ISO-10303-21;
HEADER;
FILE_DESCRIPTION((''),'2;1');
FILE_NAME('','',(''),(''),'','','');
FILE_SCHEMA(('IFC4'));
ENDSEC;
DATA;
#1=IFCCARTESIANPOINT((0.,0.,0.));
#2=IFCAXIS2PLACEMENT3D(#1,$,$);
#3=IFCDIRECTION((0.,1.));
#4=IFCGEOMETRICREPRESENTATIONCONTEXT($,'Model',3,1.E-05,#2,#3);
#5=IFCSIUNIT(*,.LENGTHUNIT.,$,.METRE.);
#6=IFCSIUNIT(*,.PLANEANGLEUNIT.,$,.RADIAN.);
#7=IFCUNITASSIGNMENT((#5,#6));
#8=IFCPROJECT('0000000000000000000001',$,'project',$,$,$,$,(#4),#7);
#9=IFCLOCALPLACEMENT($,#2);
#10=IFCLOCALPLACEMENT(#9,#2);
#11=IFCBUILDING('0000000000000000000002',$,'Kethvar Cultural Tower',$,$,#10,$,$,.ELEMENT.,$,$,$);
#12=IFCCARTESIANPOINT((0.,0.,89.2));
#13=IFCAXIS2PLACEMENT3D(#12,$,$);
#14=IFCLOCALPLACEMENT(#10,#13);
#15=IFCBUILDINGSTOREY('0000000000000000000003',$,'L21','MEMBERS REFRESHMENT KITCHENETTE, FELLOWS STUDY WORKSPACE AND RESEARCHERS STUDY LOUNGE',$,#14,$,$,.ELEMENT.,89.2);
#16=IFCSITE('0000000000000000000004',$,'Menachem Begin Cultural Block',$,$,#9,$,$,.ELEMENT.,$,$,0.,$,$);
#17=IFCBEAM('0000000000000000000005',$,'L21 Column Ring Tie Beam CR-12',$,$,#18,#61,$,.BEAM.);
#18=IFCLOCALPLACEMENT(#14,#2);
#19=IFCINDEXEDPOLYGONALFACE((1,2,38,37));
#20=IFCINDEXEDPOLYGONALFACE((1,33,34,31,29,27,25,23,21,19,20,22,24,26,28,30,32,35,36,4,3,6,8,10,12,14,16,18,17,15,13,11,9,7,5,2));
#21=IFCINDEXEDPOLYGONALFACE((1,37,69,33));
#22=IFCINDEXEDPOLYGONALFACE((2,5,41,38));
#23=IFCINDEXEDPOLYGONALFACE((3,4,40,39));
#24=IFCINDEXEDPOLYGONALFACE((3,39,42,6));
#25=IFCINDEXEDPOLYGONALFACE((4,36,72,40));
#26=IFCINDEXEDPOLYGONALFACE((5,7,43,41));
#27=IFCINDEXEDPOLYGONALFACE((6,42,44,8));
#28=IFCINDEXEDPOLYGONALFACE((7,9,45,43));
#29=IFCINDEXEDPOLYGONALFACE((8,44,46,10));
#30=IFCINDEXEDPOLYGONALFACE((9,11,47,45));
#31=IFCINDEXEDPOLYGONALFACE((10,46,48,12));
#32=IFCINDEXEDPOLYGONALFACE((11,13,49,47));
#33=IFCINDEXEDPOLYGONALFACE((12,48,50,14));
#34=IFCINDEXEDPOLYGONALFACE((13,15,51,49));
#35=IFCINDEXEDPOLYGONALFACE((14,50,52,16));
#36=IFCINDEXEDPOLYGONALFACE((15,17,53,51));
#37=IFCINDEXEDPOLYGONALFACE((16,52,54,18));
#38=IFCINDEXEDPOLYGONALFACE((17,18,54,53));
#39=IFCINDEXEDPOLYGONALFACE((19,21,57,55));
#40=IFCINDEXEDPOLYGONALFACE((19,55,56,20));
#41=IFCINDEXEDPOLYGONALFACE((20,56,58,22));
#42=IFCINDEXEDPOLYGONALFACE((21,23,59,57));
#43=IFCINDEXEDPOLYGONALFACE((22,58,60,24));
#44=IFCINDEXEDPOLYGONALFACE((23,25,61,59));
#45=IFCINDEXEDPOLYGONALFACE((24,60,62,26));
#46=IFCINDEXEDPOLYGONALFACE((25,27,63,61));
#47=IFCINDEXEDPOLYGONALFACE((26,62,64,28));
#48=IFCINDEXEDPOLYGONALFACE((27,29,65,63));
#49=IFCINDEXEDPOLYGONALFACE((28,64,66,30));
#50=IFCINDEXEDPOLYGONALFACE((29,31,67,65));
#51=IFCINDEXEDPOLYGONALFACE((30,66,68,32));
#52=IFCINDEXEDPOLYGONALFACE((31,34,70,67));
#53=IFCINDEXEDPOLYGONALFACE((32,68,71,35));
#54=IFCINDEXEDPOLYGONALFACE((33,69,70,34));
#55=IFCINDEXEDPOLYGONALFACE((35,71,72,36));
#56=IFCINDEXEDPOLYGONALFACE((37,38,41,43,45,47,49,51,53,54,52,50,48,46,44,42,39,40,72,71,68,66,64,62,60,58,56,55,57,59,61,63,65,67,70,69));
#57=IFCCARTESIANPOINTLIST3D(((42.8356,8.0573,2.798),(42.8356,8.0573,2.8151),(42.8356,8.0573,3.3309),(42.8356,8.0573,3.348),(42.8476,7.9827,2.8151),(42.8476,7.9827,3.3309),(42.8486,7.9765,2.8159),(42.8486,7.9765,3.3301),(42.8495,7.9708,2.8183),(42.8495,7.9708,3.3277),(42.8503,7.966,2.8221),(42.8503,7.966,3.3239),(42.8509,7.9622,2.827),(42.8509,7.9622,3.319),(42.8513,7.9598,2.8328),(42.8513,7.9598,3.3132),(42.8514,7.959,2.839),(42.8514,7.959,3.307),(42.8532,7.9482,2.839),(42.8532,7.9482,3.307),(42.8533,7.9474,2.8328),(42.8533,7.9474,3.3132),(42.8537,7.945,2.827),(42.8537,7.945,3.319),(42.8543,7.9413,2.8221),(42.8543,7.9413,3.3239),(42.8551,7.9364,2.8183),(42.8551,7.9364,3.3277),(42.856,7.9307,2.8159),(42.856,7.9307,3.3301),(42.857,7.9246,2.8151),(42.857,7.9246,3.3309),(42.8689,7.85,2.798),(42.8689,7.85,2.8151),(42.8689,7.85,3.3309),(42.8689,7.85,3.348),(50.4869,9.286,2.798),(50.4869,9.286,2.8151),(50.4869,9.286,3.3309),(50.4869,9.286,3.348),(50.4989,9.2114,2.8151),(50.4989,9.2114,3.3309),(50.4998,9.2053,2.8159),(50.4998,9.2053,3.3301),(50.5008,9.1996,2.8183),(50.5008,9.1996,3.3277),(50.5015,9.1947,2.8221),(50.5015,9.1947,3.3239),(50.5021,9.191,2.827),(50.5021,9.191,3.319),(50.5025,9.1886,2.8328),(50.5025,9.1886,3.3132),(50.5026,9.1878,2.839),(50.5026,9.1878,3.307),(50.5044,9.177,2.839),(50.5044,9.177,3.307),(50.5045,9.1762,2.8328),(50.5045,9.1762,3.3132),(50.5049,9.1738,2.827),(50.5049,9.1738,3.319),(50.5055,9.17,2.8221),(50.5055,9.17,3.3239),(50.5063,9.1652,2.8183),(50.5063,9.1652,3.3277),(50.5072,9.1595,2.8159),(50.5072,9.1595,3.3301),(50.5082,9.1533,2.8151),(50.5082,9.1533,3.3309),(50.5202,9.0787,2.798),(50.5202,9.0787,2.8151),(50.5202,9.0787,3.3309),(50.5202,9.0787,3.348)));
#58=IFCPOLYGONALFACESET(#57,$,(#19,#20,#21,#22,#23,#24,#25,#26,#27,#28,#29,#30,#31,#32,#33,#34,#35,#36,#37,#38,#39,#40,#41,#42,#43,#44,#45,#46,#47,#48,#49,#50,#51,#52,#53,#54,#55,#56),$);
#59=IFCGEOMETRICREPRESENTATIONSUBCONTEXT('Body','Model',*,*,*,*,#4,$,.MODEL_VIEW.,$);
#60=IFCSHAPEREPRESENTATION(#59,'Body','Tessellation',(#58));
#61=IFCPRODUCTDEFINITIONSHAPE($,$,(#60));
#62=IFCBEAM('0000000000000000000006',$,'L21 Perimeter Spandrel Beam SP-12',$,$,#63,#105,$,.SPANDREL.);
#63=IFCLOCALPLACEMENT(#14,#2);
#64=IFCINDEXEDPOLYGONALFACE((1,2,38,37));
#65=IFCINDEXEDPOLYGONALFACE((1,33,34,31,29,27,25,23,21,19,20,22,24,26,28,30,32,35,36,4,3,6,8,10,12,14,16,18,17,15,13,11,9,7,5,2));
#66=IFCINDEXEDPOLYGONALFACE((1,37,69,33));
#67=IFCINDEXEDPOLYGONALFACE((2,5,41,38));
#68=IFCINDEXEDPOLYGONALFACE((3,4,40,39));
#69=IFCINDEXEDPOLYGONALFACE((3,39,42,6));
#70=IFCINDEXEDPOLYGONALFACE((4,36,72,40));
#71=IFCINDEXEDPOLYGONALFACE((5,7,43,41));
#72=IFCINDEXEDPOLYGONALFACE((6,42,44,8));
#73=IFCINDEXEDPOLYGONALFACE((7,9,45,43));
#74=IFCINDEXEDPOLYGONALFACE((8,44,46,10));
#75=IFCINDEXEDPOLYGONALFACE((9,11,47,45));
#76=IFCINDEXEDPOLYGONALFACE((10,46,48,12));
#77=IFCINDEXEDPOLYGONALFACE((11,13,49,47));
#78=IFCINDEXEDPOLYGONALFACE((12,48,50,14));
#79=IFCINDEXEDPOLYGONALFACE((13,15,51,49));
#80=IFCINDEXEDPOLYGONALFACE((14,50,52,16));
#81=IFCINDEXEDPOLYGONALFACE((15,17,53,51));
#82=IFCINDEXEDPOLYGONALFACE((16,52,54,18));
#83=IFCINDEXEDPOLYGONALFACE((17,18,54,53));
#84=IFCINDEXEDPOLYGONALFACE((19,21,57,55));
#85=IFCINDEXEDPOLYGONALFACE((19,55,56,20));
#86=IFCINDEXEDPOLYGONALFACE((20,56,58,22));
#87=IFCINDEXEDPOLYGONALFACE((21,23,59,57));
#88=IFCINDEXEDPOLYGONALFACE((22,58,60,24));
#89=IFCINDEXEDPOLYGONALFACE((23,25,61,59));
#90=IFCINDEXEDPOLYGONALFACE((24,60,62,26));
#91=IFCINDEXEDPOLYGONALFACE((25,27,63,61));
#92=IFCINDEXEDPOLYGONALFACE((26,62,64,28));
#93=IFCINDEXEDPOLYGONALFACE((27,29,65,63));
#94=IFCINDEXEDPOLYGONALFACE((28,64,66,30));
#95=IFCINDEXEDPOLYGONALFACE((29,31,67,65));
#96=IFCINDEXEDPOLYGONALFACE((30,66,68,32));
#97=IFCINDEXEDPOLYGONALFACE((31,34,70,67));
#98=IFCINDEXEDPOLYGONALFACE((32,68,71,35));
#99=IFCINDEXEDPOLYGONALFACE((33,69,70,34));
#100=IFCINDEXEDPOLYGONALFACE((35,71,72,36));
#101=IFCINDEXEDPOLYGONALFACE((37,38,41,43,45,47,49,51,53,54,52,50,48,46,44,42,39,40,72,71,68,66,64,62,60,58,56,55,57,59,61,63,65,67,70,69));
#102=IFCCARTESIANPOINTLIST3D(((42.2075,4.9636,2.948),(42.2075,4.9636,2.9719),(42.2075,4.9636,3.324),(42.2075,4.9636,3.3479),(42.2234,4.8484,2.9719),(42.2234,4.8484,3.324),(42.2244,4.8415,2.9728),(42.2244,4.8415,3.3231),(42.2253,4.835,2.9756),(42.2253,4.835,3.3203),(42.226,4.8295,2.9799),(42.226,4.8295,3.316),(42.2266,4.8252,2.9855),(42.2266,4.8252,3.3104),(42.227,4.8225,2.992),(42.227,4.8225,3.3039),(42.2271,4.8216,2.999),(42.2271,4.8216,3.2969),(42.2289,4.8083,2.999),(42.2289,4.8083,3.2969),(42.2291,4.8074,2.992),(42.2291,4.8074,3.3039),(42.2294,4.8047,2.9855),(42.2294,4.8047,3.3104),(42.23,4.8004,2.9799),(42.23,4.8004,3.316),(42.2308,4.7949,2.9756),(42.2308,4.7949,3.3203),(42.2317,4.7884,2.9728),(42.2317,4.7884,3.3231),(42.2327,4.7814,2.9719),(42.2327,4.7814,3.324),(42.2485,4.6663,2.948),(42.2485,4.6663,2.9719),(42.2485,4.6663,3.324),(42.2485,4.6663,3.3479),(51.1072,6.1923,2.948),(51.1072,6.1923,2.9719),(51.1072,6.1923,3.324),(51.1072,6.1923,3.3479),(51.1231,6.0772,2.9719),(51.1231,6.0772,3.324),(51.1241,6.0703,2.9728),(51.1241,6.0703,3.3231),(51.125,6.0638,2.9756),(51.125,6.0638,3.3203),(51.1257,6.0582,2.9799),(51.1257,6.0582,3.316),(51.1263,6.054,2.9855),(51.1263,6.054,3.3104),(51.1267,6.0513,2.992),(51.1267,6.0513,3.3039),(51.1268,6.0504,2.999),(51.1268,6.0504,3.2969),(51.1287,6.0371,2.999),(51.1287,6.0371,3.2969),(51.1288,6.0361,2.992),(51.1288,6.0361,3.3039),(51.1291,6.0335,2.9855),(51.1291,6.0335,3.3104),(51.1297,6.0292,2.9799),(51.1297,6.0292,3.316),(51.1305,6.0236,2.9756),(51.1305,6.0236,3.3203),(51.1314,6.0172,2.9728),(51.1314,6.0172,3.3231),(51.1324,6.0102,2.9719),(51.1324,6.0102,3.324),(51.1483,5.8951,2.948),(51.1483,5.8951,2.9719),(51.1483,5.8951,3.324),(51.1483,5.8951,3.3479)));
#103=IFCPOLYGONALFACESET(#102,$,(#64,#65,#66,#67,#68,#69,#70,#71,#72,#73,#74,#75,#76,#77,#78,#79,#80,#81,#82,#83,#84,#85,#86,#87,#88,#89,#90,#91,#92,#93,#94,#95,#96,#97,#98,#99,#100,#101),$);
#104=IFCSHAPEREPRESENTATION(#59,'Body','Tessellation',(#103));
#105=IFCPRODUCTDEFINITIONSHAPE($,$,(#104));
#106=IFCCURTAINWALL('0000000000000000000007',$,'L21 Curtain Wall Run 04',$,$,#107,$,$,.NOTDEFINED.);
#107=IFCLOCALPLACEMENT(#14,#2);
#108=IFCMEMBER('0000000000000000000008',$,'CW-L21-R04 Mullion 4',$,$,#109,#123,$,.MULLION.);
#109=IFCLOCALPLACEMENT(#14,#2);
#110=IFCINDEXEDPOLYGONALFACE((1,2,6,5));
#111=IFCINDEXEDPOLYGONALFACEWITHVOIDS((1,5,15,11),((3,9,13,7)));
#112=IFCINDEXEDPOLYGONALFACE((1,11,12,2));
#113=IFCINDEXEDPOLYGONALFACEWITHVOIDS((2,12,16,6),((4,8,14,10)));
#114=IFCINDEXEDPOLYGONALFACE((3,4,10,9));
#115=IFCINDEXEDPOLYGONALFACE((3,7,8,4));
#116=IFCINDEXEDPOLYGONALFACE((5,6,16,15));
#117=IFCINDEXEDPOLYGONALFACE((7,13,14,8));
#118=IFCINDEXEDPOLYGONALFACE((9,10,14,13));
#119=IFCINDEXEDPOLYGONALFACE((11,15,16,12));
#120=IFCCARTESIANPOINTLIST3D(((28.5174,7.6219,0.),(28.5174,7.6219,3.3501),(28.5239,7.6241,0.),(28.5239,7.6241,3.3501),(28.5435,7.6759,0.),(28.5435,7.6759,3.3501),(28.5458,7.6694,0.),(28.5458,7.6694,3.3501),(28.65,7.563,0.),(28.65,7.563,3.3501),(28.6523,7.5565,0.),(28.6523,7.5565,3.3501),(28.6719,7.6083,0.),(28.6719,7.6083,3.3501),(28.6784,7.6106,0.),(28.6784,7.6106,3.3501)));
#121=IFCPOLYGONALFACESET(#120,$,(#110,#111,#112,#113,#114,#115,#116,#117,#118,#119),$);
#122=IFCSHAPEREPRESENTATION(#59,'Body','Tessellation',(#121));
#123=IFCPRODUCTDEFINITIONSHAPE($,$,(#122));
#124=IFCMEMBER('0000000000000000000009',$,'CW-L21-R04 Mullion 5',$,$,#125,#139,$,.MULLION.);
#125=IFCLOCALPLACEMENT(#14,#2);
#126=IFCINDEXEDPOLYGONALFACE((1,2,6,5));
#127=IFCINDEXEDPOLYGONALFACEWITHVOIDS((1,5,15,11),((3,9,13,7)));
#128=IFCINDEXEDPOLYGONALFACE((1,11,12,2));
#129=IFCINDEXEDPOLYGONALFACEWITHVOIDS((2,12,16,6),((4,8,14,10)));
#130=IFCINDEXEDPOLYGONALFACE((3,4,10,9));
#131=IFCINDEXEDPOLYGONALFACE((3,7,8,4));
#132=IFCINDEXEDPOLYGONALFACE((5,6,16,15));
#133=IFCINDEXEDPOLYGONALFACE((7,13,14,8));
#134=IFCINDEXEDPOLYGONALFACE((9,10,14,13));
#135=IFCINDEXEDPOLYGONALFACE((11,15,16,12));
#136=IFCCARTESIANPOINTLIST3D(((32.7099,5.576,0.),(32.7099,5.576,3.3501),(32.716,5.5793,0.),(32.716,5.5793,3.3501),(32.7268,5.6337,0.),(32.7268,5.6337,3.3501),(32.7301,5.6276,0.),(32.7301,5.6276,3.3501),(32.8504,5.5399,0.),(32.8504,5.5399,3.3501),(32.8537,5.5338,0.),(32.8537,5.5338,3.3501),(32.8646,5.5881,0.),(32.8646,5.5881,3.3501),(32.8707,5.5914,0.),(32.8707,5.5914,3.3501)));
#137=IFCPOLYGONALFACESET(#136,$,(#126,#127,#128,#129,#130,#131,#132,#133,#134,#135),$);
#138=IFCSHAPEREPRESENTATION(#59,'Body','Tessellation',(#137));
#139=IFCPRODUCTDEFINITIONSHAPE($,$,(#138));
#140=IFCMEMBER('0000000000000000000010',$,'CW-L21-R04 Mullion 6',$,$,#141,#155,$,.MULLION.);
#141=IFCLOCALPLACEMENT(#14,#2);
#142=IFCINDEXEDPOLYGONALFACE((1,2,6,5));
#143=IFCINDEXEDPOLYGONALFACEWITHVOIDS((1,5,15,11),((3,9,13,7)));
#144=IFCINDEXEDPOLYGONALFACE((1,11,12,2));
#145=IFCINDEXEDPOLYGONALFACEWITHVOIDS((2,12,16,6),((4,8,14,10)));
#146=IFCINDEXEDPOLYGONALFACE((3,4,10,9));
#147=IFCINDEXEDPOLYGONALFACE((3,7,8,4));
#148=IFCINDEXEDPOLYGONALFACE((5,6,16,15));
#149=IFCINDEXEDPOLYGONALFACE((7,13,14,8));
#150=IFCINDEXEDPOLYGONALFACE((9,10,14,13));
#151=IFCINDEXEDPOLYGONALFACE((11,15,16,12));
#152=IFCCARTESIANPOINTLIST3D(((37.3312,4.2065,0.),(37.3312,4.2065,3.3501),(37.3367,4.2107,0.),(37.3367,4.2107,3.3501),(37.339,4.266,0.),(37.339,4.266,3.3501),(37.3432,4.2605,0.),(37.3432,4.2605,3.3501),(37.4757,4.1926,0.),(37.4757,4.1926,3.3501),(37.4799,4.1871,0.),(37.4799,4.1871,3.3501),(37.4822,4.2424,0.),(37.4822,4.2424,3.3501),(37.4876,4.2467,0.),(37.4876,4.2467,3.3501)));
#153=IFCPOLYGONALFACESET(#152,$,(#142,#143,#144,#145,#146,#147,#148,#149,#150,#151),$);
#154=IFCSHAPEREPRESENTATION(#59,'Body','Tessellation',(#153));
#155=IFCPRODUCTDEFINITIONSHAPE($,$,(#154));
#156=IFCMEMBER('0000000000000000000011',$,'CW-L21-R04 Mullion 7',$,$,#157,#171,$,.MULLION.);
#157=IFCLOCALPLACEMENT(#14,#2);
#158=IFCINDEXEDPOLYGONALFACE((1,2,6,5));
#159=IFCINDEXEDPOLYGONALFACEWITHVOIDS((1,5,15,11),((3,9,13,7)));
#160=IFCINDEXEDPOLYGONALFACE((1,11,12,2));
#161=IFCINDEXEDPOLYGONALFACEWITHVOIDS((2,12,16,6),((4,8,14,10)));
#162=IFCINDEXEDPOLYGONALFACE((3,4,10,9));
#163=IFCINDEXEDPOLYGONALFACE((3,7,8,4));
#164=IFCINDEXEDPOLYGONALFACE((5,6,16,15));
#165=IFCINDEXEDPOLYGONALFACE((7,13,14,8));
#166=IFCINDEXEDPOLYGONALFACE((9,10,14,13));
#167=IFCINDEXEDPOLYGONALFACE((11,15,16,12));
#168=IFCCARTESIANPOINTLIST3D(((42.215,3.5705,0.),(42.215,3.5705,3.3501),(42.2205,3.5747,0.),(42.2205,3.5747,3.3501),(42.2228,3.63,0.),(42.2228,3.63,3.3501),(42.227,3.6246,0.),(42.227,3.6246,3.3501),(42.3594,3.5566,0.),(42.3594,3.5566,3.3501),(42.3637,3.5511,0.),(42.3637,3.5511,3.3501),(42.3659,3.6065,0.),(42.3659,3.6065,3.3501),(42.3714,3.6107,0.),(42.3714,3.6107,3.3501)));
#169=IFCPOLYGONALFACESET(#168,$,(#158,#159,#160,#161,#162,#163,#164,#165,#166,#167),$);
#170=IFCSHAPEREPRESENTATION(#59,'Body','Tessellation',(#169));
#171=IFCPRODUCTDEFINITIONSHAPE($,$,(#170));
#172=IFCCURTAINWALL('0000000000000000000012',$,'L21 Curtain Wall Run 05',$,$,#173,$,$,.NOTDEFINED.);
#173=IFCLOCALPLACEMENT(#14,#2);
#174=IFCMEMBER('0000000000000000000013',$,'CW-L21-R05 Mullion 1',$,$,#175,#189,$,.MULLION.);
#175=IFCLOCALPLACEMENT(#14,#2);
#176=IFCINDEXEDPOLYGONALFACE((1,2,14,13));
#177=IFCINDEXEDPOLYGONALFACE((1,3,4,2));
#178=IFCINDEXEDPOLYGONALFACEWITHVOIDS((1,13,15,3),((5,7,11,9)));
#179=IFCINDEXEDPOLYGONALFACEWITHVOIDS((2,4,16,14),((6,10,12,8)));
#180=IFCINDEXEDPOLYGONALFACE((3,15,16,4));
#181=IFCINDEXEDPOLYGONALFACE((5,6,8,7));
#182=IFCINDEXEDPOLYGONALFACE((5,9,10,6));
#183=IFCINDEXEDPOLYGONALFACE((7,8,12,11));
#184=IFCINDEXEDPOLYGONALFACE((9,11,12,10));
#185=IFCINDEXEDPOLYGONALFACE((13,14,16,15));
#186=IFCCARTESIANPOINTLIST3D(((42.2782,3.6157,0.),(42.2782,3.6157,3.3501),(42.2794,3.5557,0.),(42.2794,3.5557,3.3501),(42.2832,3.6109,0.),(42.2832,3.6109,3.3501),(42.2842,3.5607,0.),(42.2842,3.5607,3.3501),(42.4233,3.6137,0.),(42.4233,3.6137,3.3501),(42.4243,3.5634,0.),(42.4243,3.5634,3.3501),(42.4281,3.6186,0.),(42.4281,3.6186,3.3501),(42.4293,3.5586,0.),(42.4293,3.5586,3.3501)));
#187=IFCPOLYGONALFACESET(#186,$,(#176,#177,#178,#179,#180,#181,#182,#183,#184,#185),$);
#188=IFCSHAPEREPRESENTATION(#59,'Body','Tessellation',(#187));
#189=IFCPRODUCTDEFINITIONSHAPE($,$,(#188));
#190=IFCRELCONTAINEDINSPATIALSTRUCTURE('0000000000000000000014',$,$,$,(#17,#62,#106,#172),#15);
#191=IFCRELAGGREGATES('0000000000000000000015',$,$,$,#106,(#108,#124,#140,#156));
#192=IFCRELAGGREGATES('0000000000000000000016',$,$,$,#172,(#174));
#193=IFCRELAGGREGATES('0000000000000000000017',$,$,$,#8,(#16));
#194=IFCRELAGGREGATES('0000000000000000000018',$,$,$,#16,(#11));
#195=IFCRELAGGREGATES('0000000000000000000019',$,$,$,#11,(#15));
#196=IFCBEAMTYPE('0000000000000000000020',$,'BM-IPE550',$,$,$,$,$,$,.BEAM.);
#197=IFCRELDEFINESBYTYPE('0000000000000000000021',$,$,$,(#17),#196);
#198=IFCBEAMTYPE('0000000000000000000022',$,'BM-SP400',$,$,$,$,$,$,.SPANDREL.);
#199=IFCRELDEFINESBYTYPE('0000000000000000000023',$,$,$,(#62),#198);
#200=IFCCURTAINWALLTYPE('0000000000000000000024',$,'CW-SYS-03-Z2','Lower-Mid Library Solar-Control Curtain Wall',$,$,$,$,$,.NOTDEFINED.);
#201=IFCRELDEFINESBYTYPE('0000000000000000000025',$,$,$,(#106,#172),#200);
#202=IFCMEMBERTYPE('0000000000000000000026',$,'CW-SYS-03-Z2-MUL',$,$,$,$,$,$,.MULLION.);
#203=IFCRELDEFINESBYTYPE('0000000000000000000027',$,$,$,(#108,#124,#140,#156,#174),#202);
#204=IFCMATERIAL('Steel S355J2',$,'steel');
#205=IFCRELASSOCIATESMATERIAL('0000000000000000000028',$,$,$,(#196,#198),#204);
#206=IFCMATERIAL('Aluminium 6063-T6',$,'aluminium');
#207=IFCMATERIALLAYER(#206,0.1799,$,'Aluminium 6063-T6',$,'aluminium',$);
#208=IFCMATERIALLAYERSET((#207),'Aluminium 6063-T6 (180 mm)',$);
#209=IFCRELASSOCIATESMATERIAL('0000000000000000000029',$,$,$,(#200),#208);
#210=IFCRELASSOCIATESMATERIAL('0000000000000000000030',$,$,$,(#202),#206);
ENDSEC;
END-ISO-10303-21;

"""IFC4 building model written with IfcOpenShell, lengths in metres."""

from ifc_helpers import new_model, si_unit, direction, frame, origin, origin_2d, place, context, subcontext, project, spatial, hollow_rectangle, i_section, extrude, source, transform, mapped, material, layer, layer_set, material_profile, profile_set, type_object, element, aggregate, save


model = new_model("IFC4")

# Units and contexts
model_context = context("Model", 3, precision=1e-05, world=origin(), true_north=direction((0.0, 1.0)))
body_context = subcontext(model_context, "Body", "Model", "MODEL_VIEW")
ifc_project = project(units=[si_unit("LENGTHUNIT", "METRE"), si_unit("PLANEANGLEUNIT", "RADIAN")], contexts=[model_context])

# Site, building, storey
site_placement = place(None, origin())
site = spatial("IfcSite", under=ifc_project, at=site_placement, Name="Menachem Begin Cultural Block", CompositionType="ELEMENT", RefElevation=0.0)
building_placement = place(site_placement, origin())
building = spatial("IfcBuilding", under=site, at=building_placement, Name="Kethvar Cultural Tower", CompositionType="ELEMENT")
storey_placement = place(building_placement, frame((0.0, 0.0, 89.2)))
storey = spatial("IfcBuildingStorey", under=building, at=storey_placement, Name="L21", Description="MEMBERS REFRESHMENT KITCHENETTE, FELLOWS STUDY WORKSPACE AND RESEARCHERS STUDY LOUNGE", CompositionType="ELEMENT", Elevation=89.2)

# Beams
ifc_material_1 = material(Name="Steel S355J2", Category="steel")
ifc_material_profile_1 = material_profile(ifc_material_1, i_section(OverallWidth=0.21, OverallDepth=0.55, WebThickness=0.011, FlangeThickness=0.0171, FilletRadius=0.0239, at=origin_2d()), Name="Steel S355J2 — IPE550")
ifc_profile_set_1 = profile_set([ifc_material_profile_1], Name="Steel S355J2 — IPE550")
beam_type_1 = type_object("IfcBeamType", Name="BM-IPE550", PredefinedType="BEAM", material=ifc_profile_set_1)
ifc_material_profile_2 = material_profile(ifc_material_1, i_section(OverallWidth=0.3, OverallDepth=0.3999, WebThickness=0.0134, FlangeThickness=0.0239, FilletRadius=0.0271, at=origin_2d()), Name="Steel S355J2 — HEB400")
ifc_profile_set_2 = profile_set([ifc_material_profile_2], Name="Steel S355J2 — HEB400")
beam_type_2 = type_object("IfcBeamType", Name="BM-SP400", PredefinedType="SPANDREL", material=ifc_profile_set_2)
shared_shape_1 = source(origin(), body_context, "Body", "SweptSolid", [
    extrude(i_section(OverallWidth=0.21, OverallDepth=0.55, WebThickness=0.011, FlangeThickness=0.0171, FilletRadius=0.0239, at=origin_2d()), origin(), (0.0, 0.0, 1.0), 7.7493),
])
beam_1_placement = place(storey_placement, frame((42.8523, 7.9536, 3.073), z_axis=(0.987348, 0.158567, 0.0), x_axis=(-0.158567, 0.987348, 0.0)))
element("IfcBeam", 1, at=beam_1_placement, inside=storey, type_object=beam_type_1, Name="L21 Column Ring Tie Beam CR-12", PredefinedType="BEAM", context=body_context, shape_type="MappedRepresentation", body=[
    mapped(shared_shape_1, transform((0.0, 0.0, 0.0), scale=1.0)),
])
shared_shape_2 = source(origin(), body_context, "Body", "SweptSolid", [
    extrude(i_section(OverallWidth=0.3, OverallDepth=0.3999, WebThickness=0.0134, FlangeThickness=0.0239, FilletRadius=0.0271, at=origin_2d()), origin(), (0.0, 0.0, 1.0), 8.9841),
])
beam_2_placement = place(storey_placement, frame((42.228, 4.8149, 3.1479), z_axis=(0.990603, 0.136771, 0.0), x_axis=(-0.136771, 0.990603, 0.0)))
element("IfcBeam", 2, at=beam_2_placement, inside=storey, type_object=beam_type_2, Name="L21 Perimeter Spandrel Beam SP-12", PredefinedType="SPANDREL", context=body_context, shape_type="MappedRepresentation", body=[
    mapped(shared_shape_2, transform((0.0, 0.0, 0.0), scale=1.0)),
])

# Curtain wall, members
ifc_material_2 = material(Name="Aluminium 6063-T6", Category="aluminium")
ifc_layer_1 = layer(ifc_material_2, 0.1799, Name="Aluminium 6063-T6", Category="aluminium")
ifc_layer_set_1 = layer_set([ifc_layer_1], Name="Aluminium 6063-T6 (180 mm)")
curtain_wall_type = type_object("IfcCurtainWallType", Name="CW-SYS-03-Z2", Description="Lower-Mid Library Solar-Control Curtain Wall", PredefinedType="NOTDEFINED", material=ifc_layer_set_1)
curtain_wall_1_placement = place(storey_placement, origin())
curtain_wall_1 = element("IfcCurtainWall", 3, at=curtain_wall_1_placement, inside=storey, type_object=curtain_wall_type, Name="L21 Curtain Wall Run 04", PredefinedType="NOTDEFINED")
ifc_material_profile_3 = material_profile(ifc_material_2, hollow_rectangle(XDim=0.0601, YDim=0.1499, WallThickness=0.0049, at=origin_2d()), Name="Aluminium 6063-T6 — RHS150x60x5")
ifc_profile_set_3 = profile_set([ifc_material_profile_3], Name="Aluminium 6063-T6 — RHS150x60x5")
member_type_1 = type_object("IfcMemberType", Name="CW-SYS-03-Z2-MUL", PredefinedType="MULLION", material=ifc_profile_set_3)
shared_shape_3 = source(origin(), body_context, "Body", "SweptSolid", [
    extrude(hollow_rectangle(XDim=0.0601, YDim=0.1499, WallThickness=0.0049, at=origin_2d()), origin(), (0.0, 0.0, 1.0), 3.3501),
])
member_1_placement = place(storey_placement, frame((28.5979, 7.6162, 0.0), z_axis=(0.0, 0.0, 1.0), x_axis=(0.435922, 0.899984, 0.0)))
member_1 = element("IfcMember", 4, at=member_1_placement, type_object=member_type_1, Name="CW-L21-R04 Mullion 4", PredefinedType="MULLION", context=body_context, shape_type="MappedRepresentation", body=[
    mapped(shared_shape_3, transform((0.0, 0.0, 0.0), scale=1.0)),
])
member_2_placement = place(storey_placement, frame((32.7903, 5.5837, 0.0), z_axis=(0.0, 0.0, 1.0), x_axis=(0.281605, 0.959531, 0.0)))
member_2 = element("IfcMember", 5, at=member_2_placement, type_object=member_type_1, Name="CW-L21-R04 Mullion 5", PredefinedType="MULLION", context=body_context, shape_type="MappedRepresentation", body=[
    mapped(shared_shape_3, transform((0.0, 0.0, 0.0), scale=1.0)),
])
member_3_placement = place(storey_placement, frame((37.4094, 4.2266, 0.0), z_axis=(0.0, 0.0, 1.0), x_axis=(0.129159, 0.991624, 0.0)))
member_3 = element("IfcMember", 6, at=member_3_placement, type_object=member_type_1, Name="CW-L21-R04 Mullion 6", PredefinedType="MULLION", context=body_context, shape_type="MappedRepresentation", body=[
    mapped(shared_shape_3, transform((0.0, 0.0, 0.0), scale=1.0)),
])
member_4_placement = place(storey_placement, frame((42.2932, 3.5906, 0.0), z_axis=(0.0, 0.0, 1.0), x_axis=(0.129159, 0.991624, 0.0)))
member_4 = element("IfcMember", 7, at=member_4_placement, type_object=member_type_1, Name="CW-L21-R04 Mullion 7", PredefinedType="MULLION", context=body_context, shape_type="MappedRepresentation", body=[
    mapped(shared_shape_3, transform((0.0, 0.0, 0.0), scale=1.0)),
])

# Curtain wall, member
curtain_wall_2_placement = place(storey_placement, origin())
curtain_wall_2 = element("IfcCurtainWall", 8, at=curtain_wall_2_placement, inside=storey, type_object=curtain_wall_type, Name="L21 Curtain Wall Run 05", PredefinedType="NOTDEFINED")
member_5_placement = place(storey_placement, frame((42.3538, 3.5872, 0.0), z_axis=(0.0, 0.0, 1.0), x_axis=(-0.019407, 0.999812, 0.0)))
member_5 = element("IfcMember", 9, at=member_5_placement, type_object=member_type_1, Name="CW-L21-R05 Mullion 1", PredefinedType="MULLION", context=body_context, shape_type="MappedRepresentation", body=[
    mapped(shared_shape_3, transform((0.0, 0.0, 0.0), scale=1.0)),
])

aggregate(curtain_wall_1, [member_1, member_2, member_3, member_4])
aggregate(curtain_wall_2, [member_5])

save(model, "model.ifc")
